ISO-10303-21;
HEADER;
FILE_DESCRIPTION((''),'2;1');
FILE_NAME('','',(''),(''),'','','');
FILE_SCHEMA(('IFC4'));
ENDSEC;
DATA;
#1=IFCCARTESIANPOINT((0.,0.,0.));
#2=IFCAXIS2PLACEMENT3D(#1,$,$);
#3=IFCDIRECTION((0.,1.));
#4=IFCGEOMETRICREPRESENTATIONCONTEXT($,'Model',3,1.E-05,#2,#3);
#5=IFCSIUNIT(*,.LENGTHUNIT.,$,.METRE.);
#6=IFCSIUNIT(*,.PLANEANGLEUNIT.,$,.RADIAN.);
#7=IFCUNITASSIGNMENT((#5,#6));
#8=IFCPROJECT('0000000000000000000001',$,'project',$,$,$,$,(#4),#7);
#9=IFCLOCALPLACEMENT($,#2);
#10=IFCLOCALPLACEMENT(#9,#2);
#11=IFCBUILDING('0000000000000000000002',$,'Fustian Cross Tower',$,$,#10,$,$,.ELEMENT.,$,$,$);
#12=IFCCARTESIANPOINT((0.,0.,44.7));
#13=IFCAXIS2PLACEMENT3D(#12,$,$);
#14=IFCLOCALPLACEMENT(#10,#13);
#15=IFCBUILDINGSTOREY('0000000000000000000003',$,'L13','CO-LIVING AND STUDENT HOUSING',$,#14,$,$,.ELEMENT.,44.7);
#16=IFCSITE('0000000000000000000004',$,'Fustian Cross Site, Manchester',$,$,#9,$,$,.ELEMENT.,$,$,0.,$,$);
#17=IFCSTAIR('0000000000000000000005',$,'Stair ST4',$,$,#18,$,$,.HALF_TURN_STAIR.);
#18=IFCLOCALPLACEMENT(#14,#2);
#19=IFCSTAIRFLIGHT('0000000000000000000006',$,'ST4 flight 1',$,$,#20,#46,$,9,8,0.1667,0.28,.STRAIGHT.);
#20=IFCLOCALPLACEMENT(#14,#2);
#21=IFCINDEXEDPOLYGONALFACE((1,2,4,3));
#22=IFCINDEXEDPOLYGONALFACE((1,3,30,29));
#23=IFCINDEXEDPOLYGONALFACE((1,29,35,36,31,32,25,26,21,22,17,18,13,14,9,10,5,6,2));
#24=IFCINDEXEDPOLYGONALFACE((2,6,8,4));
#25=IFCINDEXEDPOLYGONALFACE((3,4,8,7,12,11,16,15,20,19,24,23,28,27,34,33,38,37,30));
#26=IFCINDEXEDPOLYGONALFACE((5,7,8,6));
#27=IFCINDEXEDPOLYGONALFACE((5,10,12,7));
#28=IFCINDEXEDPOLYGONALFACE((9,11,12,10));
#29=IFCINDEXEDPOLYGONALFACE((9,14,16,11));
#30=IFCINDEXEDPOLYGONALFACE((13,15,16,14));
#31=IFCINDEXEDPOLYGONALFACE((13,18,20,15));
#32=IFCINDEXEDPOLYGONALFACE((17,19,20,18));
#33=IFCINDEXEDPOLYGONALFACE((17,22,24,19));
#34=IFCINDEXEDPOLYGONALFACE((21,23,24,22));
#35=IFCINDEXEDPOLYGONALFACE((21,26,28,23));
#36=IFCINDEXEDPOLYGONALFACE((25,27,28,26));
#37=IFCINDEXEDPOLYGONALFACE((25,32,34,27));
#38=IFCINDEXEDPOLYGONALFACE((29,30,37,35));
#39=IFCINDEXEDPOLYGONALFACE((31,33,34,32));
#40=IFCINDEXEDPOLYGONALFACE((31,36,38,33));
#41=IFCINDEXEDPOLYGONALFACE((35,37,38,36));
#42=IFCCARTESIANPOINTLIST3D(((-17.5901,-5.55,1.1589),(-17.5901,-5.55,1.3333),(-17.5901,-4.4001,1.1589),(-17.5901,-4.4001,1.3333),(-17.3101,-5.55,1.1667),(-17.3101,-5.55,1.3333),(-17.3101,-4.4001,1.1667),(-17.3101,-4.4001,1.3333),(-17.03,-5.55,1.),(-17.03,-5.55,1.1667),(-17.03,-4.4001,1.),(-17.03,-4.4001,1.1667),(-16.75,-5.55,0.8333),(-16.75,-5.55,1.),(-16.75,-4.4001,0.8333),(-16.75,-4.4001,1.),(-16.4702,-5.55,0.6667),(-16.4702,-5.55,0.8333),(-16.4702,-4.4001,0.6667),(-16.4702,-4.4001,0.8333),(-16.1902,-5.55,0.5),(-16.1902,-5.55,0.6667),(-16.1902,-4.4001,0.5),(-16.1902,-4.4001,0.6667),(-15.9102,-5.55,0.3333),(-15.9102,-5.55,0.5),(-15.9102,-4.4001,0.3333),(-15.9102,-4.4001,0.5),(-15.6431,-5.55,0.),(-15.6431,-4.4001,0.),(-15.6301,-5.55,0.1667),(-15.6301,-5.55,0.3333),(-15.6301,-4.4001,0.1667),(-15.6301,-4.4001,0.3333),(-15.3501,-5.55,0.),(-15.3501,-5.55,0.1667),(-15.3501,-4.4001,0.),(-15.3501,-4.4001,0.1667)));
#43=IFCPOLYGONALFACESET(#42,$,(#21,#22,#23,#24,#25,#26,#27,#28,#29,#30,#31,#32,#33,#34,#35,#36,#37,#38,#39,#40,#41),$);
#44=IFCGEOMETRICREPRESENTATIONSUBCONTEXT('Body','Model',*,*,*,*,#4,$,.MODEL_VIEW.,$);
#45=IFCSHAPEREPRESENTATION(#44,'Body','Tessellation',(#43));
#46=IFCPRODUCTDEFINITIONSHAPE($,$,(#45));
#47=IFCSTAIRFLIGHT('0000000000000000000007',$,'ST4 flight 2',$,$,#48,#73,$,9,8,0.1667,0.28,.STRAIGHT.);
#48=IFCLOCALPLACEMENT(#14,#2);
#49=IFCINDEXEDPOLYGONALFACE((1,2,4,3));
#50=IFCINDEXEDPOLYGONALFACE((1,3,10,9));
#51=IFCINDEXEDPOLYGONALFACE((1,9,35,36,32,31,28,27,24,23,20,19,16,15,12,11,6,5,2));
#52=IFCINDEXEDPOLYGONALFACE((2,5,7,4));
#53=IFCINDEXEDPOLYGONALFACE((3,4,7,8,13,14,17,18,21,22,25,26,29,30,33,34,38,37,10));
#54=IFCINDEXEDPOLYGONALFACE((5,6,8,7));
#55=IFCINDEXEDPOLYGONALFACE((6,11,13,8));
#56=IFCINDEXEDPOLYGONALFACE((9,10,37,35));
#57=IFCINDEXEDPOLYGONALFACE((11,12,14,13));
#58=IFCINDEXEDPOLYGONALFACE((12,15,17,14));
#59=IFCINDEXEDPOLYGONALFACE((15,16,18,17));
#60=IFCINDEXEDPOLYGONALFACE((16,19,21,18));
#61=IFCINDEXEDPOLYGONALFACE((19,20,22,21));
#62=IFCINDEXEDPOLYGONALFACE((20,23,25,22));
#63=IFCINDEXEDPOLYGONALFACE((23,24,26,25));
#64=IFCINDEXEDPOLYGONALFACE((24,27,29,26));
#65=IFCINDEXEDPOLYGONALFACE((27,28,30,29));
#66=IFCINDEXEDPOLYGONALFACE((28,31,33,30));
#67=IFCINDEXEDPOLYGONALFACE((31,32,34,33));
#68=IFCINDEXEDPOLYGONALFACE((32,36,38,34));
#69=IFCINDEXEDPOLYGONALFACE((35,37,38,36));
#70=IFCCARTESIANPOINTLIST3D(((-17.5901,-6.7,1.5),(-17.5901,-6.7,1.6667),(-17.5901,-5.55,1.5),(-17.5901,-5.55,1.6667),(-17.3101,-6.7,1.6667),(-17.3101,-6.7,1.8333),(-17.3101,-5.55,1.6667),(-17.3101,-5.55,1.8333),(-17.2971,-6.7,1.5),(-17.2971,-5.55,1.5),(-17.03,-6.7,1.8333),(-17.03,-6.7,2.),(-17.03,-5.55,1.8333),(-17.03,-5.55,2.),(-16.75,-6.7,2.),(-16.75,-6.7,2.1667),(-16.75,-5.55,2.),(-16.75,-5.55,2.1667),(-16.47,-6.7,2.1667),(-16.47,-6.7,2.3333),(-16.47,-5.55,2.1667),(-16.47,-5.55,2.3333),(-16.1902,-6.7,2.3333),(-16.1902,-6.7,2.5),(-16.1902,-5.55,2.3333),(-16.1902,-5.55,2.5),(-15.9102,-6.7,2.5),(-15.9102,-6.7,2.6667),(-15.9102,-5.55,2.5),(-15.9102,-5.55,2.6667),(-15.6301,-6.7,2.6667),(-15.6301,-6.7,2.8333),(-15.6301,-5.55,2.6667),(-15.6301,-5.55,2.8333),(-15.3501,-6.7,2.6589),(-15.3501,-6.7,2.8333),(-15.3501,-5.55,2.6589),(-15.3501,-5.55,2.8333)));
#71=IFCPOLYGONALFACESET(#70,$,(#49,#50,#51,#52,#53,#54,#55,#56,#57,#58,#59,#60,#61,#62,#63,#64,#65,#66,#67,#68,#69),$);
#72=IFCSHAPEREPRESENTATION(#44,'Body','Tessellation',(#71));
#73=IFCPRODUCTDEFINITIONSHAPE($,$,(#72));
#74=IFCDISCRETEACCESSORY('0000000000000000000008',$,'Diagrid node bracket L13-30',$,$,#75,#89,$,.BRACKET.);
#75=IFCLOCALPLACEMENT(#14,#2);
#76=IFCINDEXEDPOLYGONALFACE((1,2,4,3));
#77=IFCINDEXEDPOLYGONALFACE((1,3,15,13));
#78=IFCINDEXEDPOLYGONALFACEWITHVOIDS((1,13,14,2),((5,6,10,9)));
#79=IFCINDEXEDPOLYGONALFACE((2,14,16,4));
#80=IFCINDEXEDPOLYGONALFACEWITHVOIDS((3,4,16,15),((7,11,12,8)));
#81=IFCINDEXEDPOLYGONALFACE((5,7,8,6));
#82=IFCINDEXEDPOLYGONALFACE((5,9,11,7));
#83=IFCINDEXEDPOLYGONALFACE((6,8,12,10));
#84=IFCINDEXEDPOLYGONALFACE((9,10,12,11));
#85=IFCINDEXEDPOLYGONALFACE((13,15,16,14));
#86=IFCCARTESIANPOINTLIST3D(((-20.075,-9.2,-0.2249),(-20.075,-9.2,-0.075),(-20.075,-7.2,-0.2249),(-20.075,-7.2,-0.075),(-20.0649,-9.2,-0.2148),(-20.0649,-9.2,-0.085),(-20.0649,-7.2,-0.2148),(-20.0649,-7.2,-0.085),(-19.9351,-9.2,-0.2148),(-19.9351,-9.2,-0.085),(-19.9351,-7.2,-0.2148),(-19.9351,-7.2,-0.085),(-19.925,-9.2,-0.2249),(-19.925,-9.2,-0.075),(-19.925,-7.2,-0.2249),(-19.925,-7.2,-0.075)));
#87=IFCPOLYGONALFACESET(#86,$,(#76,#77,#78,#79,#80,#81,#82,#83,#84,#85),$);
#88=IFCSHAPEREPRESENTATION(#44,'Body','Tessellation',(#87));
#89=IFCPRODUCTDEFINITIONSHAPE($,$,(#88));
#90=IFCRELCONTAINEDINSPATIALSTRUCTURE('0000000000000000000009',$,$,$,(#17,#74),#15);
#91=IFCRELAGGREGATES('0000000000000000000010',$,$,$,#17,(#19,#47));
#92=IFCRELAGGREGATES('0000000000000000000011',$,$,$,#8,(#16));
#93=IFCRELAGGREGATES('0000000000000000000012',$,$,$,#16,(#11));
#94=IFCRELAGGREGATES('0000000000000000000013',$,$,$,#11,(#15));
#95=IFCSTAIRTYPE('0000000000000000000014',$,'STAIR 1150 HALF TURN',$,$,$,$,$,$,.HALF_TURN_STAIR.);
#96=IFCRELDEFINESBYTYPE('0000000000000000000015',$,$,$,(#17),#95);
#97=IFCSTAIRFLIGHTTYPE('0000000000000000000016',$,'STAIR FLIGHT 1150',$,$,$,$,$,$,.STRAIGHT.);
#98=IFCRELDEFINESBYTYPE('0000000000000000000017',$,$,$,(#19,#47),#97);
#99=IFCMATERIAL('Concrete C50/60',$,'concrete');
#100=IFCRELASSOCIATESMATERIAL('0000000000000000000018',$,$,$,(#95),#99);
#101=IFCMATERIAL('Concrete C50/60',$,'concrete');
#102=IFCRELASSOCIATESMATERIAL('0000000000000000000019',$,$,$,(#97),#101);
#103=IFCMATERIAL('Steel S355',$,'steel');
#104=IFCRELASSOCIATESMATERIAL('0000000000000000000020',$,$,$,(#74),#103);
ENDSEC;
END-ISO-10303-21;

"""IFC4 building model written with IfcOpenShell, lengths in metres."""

from ifc_helpers import new_model, si_unit, direction, frame, origin, origin_2d, place, context, subcontext, project, spatial, polyline, hollow_rectangle, outline, extrude, material, type_object, element, aggregate, save


model = new_model("IFC4")

# Units and contexts
model_context = context("Model", 3, precision=1e-05, world=origin(), true_north=direction((0.0, 1.0)))
body_context = subcontext(model_context, "Body", "Model", "MODEL_VIEW")
ifc_project = project(units=[si_unit("LENGTHUNIT", "METRE"), si_unit("PLANEANGLEUNIT", "RADIAN")], contexts=[model_context])

# Site, building, storey
site_placement = place(None, origin())
site = spatial("IfcSite", under=ifc_project, at=site_placement, Name="Fustian Cross Site, Manchester", CompositionType="ELEMENT", RefElevation=0.0)
building_placement = place(site_placement, origin())
building = spatial("IfcBuilding", under=site, at=building_placement, Name="Fustian Cross Tower", CompositionType="ELEMENT")
storey_placement = place(building_placement, frame((0.0, 0.0, 44.7)))
storey = spatial("IfcBuildingStorey", under=building, at=storey_placement, Name="L13", Description="CO-LIVING AND STUDENT HOUSING", CompositionType="ELEMENT", Elevation=44.7)

# Stair, stair flights
ifc_material_1 = material(Name="Concrete C50/60", Category="concrete")
stair_type = type_object("IfcStairType", Name="STAIR 1150 HALF TURN", PredefinedType="HALF_TURN_STAIR", material=ifc_material_1)
stair_placement = place(storey_placement, origin())
stair = element("IfcStair", 1, at=stair_placement, inside=storey, type_object=stair_type, Name="Stair ST4", PredefinedType="HALF_TURN_STAIR")
ifc_material_2 = material(Name="Concrete C50/60", Category="concrete")
stair_flight_type = type_object("IfcStairFlightType", Name="STAIR FLIGHT 1150", PredefinedType="STRAIGHT", material=ifc_material_2)
stair_flight_1_placement = place(storey_placement, frame((-15.3501, -4.9751, 0.0), z_axis=(0.0, 0.0, 1.0), x_axis=(-1.0, 0.0, 0.0)))
stair_flight_1 = element("IfcStairFlight", 2, at=stair_flight_1_placement, type_object=stair_flight_type, Name="ST4 flight 1", NumberOfRisers=9, NumberOfTreads=8, PredefinedType="STRAIGHT", RiserHeight=0.1667, TreadLength=0.28, context=body_context, shape_type="SweptSolid", body=[
    extrude(outline(polyline([(0.0, 0.0), (0.0, 0.1667), (0.28, 0.1667), (0.28, 0.3333), (0.5601, 0.3333), (0.5601, 0.5), (0.8401, 0.5), (0.8401, 0.6667), (1.1201, 0.6667), (1.1201, 0.8333), (1.3999, 0.8333), (1.3999, 1.0), (1.6799, 1.0), (1.6799, 1.1667), (1.96, 1.1667), (1.96, 1.3333), (2.24, 1.3333), (2.24, 1.5), (2.24, 1.1589), (0.293, 0.0), (0.0, 0.0)])), frame((0.0, 0.575, 0.0), z_axis=(0.0, -1.0, 0.0), x_axis=(1.0, 0.0, 0.0)), (0.0, 0.0, 1.0), 1.1499),
])
stair_flight_2_placement = place(storey_placement, frame((-17.5901, -6.125, 1.5), z_axis=(0.0, 0.0, 1.0), x_axis=(1.0, 0.0, 0.0)))
stair_flight_2 = element("IfcStairFlight", 3, at=stair_flight_2_placement, type_object=stair_flight_type, Name="ST4 flight 2", NumberOfRisers=9, NumberOfTreads=8, PredefinedType="STRAIGHT", RiserHeight=0.1667, TreadLength=0.28, context=body_context, shape_type="SweptSolid", body=[
    extrude(outline(polyline([(0.0, 0.0), (0.0, 0.1667), (0.28, 0.1667), (0.28, 0.3333), (0.5601, 0.3333), (0.5601, 0.5), (0.8401, 0.5), (0.8401, 0.6667), (1.1201, 0.6667), (1.1201, 0.8333), (1.3999, 0.8333), (1.3999, 1.0), (1.6799, 1.0), (1.6799, 1.1667), (1.96, 1.1667), (1.96, 1.3333), (2.24, 1.3333), (2.24, 1.5), (2.24, 1.1589), (0.293, 0.0), (0.0, 0.0)])), frame((0.0, 0.575, 0.0), z_axis=(0.0, -1.0, 0.0), x_axis=(1.0, 0.0, 0.0)), (0.0, 0.0, 1.0), 1.1499),
])
aggregate(stair, [stair_flight_1, stair_flight_2])

# Discrete accessory
ifc_material_3 = material(Name="Steel S355", Category="steel")
discrete_accessory_placement = place(storey_placement, frame((-20.0, -9.2, -0.1499), z_axis=(0.0, 1.0, 0.0), x_axis=(-1.0, 0.0, 0.0)))
element("IfcDiscreteAccessory", 4, at=discrete_accessory_placement, inside=storey, material=ifc_material_3, Name="Diagrid node bracket L13-30", PredefinedType="BRACKET", context=body_context, shape_type="SweptSolid", body=[
    extrude(hollow_rectangle(XDim=0.1499, YDim=0.1499, WallThickness=0.01, at=origin_2d()), origin(), (0.0, 0.0, 1.0), 2.0),
])

save(model, "model.ifc")
